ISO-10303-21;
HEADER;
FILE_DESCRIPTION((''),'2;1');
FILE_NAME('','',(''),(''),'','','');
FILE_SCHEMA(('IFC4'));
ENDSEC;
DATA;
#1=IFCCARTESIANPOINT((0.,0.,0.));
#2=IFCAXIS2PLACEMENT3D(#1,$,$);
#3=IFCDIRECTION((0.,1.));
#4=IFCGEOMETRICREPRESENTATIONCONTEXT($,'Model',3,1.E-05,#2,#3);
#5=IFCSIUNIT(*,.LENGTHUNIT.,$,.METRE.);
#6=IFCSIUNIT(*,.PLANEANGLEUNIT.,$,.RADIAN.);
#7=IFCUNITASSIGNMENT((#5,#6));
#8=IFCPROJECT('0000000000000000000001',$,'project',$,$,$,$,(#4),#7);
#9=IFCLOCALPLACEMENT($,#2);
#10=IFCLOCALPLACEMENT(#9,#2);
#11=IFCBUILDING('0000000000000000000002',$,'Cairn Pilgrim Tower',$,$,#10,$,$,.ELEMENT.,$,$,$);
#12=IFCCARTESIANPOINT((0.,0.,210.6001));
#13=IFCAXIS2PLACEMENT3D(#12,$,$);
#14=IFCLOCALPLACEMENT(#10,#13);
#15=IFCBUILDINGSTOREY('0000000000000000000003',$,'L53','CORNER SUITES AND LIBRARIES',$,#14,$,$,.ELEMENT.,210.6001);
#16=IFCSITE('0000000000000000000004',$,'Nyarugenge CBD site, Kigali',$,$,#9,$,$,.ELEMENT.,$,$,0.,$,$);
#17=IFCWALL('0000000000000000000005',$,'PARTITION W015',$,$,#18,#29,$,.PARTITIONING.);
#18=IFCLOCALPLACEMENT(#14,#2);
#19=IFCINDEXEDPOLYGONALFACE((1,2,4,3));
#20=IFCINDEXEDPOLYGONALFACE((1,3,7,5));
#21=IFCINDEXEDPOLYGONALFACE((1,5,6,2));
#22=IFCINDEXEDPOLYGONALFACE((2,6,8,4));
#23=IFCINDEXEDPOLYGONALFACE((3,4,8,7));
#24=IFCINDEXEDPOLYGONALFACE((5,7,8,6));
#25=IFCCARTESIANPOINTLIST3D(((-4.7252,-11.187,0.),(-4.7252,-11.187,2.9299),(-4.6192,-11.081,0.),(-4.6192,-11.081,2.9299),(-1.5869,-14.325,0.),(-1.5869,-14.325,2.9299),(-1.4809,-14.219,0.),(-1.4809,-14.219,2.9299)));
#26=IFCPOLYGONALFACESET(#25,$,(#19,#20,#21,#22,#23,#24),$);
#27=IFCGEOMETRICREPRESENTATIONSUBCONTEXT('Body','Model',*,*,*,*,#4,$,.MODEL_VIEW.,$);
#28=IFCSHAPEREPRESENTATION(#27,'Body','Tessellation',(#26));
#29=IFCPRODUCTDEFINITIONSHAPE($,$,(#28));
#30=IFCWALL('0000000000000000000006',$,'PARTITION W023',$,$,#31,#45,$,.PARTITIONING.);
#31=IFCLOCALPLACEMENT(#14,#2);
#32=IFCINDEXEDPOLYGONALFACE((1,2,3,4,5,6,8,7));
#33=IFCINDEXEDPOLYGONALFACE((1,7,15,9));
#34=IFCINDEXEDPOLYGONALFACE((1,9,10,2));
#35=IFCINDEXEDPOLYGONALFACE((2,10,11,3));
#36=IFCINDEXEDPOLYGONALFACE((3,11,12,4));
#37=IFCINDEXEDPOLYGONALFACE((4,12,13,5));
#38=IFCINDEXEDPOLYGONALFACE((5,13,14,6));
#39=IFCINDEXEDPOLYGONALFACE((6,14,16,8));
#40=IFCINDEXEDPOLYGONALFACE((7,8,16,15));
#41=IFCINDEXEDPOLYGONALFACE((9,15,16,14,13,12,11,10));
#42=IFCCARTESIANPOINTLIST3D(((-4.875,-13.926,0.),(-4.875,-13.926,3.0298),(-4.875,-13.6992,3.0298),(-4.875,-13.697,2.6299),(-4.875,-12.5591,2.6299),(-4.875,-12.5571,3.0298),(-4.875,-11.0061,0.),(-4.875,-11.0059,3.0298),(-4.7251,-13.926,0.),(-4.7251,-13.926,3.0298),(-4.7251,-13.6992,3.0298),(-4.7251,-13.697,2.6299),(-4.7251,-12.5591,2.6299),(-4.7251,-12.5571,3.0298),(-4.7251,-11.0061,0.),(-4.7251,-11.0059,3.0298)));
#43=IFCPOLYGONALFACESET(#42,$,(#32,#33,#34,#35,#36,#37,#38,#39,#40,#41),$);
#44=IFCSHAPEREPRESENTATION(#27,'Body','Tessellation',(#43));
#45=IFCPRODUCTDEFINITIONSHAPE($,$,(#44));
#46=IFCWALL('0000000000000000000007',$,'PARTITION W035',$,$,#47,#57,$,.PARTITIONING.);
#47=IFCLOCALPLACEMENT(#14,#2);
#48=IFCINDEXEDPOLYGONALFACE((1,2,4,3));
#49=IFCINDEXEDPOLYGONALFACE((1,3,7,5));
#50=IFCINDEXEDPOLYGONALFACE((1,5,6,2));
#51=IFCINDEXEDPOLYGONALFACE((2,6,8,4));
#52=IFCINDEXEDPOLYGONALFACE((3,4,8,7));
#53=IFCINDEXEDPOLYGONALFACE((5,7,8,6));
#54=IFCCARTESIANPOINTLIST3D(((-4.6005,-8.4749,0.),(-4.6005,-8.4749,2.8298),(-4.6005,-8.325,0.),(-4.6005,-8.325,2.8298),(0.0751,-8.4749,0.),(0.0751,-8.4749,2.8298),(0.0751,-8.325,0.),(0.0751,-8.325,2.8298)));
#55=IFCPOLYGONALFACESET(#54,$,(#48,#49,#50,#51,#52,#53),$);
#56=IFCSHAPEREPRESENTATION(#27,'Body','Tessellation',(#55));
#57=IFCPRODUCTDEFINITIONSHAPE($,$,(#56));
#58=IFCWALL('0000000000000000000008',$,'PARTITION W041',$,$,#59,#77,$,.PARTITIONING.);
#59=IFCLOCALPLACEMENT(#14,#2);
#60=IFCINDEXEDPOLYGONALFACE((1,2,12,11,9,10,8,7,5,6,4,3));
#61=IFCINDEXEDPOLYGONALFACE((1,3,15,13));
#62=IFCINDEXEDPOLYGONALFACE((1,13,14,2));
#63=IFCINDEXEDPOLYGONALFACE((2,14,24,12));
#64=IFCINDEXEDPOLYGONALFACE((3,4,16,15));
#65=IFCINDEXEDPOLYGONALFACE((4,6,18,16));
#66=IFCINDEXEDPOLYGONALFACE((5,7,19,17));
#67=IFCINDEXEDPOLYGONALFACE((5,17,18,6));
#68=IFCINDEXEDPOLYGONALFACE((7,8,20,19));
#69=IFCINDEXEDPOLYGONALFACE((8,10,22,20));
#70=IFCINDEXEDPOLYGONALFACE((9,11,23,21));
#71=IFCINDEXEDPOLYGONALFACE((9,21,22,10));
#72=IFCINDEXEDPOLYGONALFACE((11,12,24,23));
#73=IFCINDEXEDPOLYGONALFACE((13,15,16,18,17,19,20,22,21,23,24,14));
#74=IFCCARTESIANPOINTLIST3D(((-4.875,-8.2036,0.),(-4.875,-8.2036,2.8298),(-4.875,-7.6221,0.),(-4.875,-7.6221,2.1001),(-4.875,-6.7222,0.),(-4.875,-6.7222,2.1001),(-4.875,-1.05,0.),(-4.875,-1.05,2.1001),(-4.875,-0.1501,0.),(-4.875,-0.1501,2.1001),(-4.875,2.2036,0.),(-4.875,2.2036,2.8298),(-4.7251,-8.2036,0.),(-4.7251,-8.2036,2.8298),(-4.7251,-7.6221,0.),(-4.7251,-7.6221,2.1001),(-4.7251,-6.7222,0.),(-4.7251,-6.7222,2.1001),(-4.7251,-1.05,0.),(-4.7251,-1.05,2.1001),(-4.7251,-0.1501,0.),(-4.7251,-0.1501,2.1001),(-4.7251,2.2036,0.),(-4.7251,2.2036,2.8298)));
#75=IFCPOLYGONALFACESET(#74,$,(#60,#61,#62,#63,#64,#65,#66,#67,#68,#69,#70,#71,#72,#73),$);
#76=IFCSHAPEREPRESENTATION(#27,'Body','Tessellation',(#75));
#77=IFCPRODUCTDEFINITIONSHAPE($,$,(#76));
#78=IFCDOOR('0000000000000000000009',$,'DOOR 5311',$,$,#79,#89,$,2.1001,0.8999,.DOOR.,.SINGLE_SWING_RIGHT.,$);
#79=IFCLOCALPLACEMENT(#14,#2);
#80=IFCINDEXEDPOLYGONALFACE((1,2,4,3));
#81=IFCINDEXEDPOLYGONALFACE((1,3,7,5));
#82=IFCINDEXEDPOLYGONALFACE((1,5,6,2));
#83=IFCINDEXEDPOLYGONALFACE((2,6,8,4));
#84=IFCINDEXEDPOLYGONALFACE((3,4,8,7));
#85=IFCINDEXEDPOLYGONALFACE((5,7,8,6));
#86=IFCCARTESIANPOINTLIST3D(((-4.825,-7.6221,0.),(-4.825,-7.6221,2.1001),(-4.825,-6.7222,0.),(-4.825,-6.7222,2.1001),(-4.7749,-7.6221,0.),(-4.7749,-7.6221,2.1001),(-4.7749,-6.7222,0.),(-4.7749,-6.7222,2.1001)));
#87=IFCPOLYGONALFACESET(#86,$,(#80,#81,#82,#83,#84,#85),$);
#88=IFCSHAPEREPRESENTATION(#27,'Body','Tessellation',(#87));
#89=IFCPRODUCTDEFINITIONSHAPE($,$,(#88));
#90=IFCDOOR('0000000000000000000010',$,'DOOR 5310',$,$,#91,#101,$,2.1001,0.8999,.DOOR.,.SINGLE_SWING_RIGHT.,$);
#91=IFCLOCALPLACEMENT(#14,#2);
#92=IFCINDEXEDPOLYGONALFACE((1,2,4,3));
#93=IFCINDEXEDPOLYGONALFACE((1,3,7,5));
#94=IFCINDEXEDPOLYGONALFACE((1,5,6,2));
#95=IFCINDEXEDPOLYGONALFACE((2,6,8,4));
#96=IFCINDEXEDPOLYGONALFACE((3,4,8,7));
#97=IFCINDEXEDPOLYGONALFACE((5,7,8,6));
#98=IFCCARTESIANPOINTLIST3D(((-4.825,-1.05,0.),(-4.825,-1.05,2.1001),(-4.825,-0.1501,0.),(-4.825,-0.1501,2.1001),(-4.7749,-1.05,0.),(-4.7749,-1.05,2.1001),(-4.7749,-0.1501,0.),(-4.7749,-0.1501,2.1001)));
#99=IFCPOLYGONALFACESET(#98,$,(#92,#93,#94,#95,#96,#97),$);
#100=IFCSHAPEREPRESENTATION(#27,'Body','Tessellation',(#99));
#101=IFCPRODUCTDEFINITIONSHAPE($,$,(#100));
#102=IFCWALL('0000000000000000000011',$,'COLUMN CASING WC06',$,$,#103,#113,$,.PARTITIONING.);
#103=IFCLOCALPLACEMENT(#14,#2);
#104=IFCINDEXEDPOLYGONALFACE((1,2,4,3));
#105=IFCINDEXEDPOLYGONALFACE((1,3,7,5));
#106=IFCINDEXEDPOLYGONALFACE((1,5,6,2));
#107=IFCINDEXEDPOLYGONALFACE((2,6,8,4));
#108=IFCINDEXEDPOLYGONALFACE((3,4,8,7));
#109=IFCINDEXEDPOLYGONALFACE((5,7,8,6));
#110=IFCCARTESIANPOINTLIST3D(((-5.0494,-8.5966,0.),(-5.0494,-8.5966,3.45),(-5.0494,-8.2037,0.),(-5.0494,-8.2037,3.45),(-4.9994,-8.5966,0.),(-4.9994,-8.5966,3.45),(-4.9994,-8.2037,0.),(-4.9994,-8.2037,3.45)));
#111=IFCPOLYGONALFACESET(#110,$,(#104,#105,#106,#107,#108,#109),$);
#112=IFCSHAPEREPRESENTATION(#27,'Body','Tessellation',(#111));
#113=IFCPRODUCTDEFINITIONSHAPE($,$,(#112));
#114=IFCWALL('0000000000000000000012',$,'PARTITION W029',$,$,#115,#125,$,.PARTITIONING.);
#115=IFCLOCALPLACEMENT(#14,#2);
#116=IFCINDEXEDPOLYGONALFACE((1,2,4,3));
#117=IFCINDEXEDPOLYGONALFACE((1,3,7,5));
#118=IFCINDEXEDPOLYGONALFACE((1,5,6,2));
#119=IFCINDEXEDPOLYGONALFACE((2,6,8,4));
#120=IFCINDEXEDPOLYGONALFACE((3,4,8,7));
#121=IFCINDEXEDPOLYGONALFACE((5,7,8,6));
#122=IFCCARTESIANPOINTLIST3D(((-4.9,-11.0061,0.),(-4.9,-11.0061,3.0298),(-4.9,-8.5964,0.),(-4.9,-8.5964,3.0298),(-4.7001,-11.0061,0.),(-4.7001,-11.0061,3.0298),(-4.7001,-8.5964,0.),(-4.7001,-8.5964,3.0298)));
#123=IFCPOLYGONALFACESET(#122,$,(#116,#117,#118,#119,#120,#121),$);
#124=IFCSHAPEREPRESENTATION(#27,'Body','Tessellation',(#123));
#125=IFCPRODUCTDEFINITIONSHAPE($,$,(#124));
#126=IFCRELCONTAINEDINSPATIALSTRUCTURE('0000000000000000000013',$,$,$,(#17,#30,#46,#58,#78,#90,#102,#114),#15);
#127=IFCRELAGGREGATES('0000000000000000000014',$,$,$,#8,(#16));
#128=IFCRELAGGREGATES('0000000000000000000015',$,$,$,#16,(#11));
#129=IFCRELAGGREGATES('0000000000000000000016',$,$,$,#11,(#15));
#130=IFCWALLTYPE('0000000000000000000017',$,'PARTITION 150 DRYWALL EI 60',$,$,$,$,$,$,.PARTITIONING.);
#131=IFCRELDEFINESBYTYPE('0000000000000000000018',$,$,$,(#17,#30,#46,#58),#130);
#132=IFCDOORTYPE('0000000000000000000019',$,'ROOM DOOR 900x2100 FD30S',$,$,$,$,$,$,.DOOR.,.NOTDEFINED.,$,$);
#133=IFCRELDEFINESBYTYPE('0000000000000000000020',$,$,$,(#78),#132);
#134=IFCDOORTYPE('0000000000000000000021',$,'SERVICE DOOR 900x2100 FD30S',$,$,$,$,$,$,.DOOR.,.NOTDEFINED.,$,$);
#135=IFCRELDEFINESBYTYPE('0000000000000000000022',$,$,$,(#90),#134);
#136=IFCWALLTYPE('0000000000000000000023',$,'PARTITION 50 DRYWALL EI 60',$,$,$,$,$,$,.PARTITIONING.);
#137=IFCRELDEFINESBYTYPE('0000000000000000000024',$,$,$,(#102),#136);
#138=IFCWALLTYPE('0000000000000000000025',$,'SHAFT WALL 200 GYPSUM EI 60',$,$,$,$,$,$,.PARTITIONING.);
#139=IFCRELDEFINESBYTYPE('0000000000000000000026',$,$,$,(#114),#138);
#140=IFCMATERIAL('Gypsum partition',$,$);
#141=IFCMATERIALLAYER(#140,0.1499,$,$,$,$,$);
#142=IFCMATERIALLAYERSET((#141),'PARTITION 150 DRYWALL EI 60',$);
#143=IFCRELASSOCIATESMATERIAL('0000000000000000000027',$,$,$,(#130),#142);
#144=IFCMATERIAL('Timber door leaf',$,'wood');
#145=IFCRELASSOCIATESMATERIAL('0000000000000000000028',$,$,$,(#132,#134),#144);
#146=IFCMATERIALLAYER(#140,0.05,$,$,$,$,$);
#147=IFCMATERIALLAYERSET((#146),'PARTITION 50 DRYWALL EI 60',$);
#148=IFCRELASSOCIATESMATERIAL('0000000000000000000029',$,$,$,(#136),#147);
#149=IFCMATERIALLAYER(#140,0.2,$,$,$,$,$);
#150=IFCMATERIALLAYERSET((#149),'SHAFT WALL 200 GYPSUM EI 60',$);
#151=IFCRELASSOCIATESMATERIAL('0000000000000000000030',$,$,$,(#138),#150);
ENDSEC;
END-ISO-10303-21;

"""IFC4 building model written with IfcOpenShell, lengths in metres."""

from ifc_helpers import new_model, si_unit, direction, frame, frame_2d, origin, place, context, subcontext, project, spatial, polyline, rectangle, outline, extrude, material, layer, layer_set, type_object, element, fill, save


model = new_model("IFC4")

# Units and contexts
model_context = context("Model", 3, precision=1e-05, world=origin(), true_north=direction((0.0, 1.0)))
body_context = subcontext(model_context, "Body", "Model", "MODEL_VIEW")
ifc_project = project(units=[si_unit("LENGTHUNIT", "METRE"), si_unit("PLANEANGLEUNIT", "RADIAN")], contexts=[model_context])

# Site, building, storey
site_placement = place(None, origin())
site = spatial("IfcSite", under=ifc_project, at=site_placement, Name="Nyarugenge CBD site, Kigali", CompositionType="ELEMENT", RefElevation=0.0)
building_placement = place(site_placement, origin())
building = spatial("IfcBuilding", under=site, at=building_placement, Name="Cairn Pilgrim Tower", CompositionType="ELEMENT")
storey_placement = place(building_placement, frame((0.0, 0.0, 210.6001)))
storey = spatial("IfcBuildingStorey", under=building, at=storey_placement, Name="L53", Description="CORNER SUITES AND LIBRARIES", CompositionType="ELEMENT", Elevation=210.6001)

# Walls
ifc_material_1 = material(Name="Gypsum partition")
ifc_layer_1 = layer(ifc_material_1, 0.1499)
ifc_layer_set_1 = layer_set([ifc_layer_1], Name="PARTITION 150 DRYWALL EI 60")
wall_type_1 = type_object("IfcWallType", Name="PARTITION 150 DRYWALL EI 60", PredefinedType="PARTITIONING", material=ifc_layer_set_1)
wall_1_placement = place(storey_placement, frame((-1.5339, -14.272, 0.0), z_axis=(0.0, 0.0, 1.0), x_axis=(-0.707134, 0.707079, 0.0)))
element("IfcWall", 1, at=wall_1_placement, inside=storey, type_object=wall_type_1, Name="PARTITION W015", PredefinedType="PARTITIONING", context=body_context, shape_type="SweptSolid", body=[
    extrude(rectangle(XDim=4.438, YDim=0.1499, at=frame_2d((2.219, 0.0))), origin(), (0.0, 0.0, 1.0), 2.9299),
])
wall_2_placement = place(storey_placement, frame((-4.8, -13.926, 0.0), z_axis=(0.0, 0.0, 1.0), x_axis=(0.0, 1.0, 0.0)))
element("IfcWall", 2, at=wall_2_placement, inside=storey, type_object=wall_type_1, Name="PARTITION W023", PredefinedType="PARTITIONING", context=body_context, shape_type="SweptSolid", body=[
    extrude(outline(polyline([(0.0, 0.0), (2.9199, 0.0), (2.9202, 3.0298), (1.3689, 3.0298), (1.3669, 2.6299), (0.229, 2.6299), (0.2268, 3.0298), (0.0, 3.0298), (0.0, 0.0)])), frame((0.0, 0.075, 0.0), z_axis=(0.0, -1.0, 0.0), x_axis=(1.0, 0.0, 0.0)), (0.0, 0.0, 1.0), 0.1499),
])
wall_3_placement = place(storey_placement, frame((-4.6006, -8.3999, 0.0), z_axis=(0.0, 0.0, 1.0), x_axis=(1.0, 0.0, 0.0)))
element("IfcWall", 3, at=wall_3_placement, inside=storey, type_object=wall_type_1, Name="PARTITION W035", PredefinedType="PARTITIONING", context=body_context, shape_type="SweptSolid", body=[
    extrude(rectangle(XDim=4.6755, YDim=0.1499, at=frame_2d((2.3379, 0.0))), origin(), (0.0, 0.0, 1.0), 2.8298),
])

# Wall, openings, doors
wall_4_placement = place(storey_placement, frame((-4.8, -8.2036, 0.0), z_axis=(0.0, 0.0, 1.0), x_axis=(0.0, 1.0, 0.0)))
wall_4 = element("IfcWall", 4, at=wall_4_placement, inside=storey, type_object=wall_type_1, Name="PARTITION W041", PredefinedType="PARTITIONING", context=body_context, shape_type="SweptSolid", body=[
    extrude(rectangle(XDim=10.4072, YDim=0.1499, at=frame_2d((5.2036, 0.0))), origin(), (0.0, 0.0, 1.0), 2.8298),
])
opening_1_placement = place(wall_4_placement, frame((7.1536, 0.0, 0.0)))
opening_1 = element("IfcOpeningElement", 5, at=opening_1_placement, cuts=wall_4, PredefinedType="OPENING", context=body_context, shape_type="SweptSolid", body=[
    extrude(rectangle(XDim=0.8999, YDim=2.1001, at=frame_2d((0.45, 1.05))), frame((0.0, 0.085, 0.0), z_axis=(0.0, -1.0, 0.0), x_axis=(1.0, 0.0, 0.0)), (0.0, 0.0, 1.0), 0.1699),
])
opening_2_placement = place(wall_4_placement, frame((0.5815, 0.0, 0.0)))
opening_2 = element("IfcOpeningElement", 6, at=opening_2_placement, cuts=wall_4, PredefinedType="OPENING", context=body_context, shape_type="SweptSolid", body=[
    extrude(rectangle(XDim=0.8999, YDim=2.1001, at=frame_2d((0.45, 1.05))), frame((0.0, 0.085, 0.0), z_axis=(0.0, -1.0, 0.0), x_axis=(1.0, 0.0, 0.0)), (0.0, 0.0, 1.0), 0.1699),
])
ifc_material_2 = material(Name="Timber door leaf", Category="wood")
door_type_1 = type_object("IfcDoorType", Name="ROOM DOOR 900x2100 FD30S", OperationType="NOTDEFINED", PredefinedType="DOOR", material=ifc_material_2)
door_1_placement = place(opening_2_placement, origin())
door_1 = element("IfcDoor", 7, at=door_1_placement, inside=storey, type_object=door_type_1, Name="DOOR 5311", OperationType="SINGLE_SWING_RIGHT", OverallHeight=2.1001, OverallWidth=0.8999, PredefinedType="DOOR", context=body_context, shape_type="SweptSolid", body=[
    extrude(rectangle(XDim=0.8999, YDim=2.1001, at=frame_2d((0.45, 1.05))), frame((0.0, 0.0249, 0.0), z_axis=(0.0, -1.0, 0.0), x_axis=(1.0, 0.0, 0.0)), (0.0, 0.0, 1.0), 0.05),
])
fill(opening_2, door_1)
door_type_2 = type_object("IfcDoorType", Name="SERVICE DOOR 900x2100 FD30S", OperationType="NOTDEFINED", PredefinedType="DOOR", material=ifc_material_2)
door_2_placement = place(opening_1_placement, origin())
door_2 = element("IfcDoor", 8, at=door_2_placement, inside=storey, type_object=door_type_2, Name="DOOR 5310", OperationType="SINGLE_SWING_RIGHT", OverallHeight=2.1001, OverallWidth=0.8999, PredefinedType="DOOR", context=body_context, shape_type="SweptSolid", body=[
    extrude(rectangle(XDim=0.8999, YDim=2.1001, at=frame_2d((0.45, 1.05))), frame((0.0, 0.0249, 0.0), z_axis=(0.0, -1.0, 0.0), x_axis=(1.0, 0.0, 0.0)), (0.0, 0.0, 1.0), 0.05),
])
fill(opening_1, door_2)

# Walls
ifc_layer_2 = layer(ifc_material_1, 0.05)
ifc_layer_set_2 = layer_set([ifc_layer_2], Name="PARTITION 50 DRYWALL EI 60")
wall_type_2 = type_object("IfcWallType", Name="PARTITION 50 DRYWALL EI 60", PredefinedType="PARTITIONING", material=ifc_layer_set_2)
wall_5_placement = place(storey_placement, frame((-5.0244, -8.5964, 0.0), z_axis=(0.0, 0.0, 1.0), x_axis=(0.0, 1.0, 0.0)))
element("IfcWall", 9, at=wall_5_placement, inside=storey, type_object=wall_type_2, Name="COLUMN CASING WC06", PredefinedType="PARTITIONING", context=body_context, shape_type="SweptSolid", body=[
    extrude(rectangle(XDim=0.3928, YDim=0.05, at=frame_2d((0.1963, 0.0))), origin(), (0.0, 0.0, 1.0), 3.45),
])
ifc_layer_3 = layer(ifc_material_1, 0.2)
ifc_layer_set_3 = layer_set([ifc_layer_3], Name="SHAFT WALL 200 GYPSUM EI 60")
wall_type_3 = type_object("IfcWallType", Name="SHAFT WALL 200 GYPSUM EI 60", PredefinedType="PARTITIONING", material=ifc_layer_set_3)
wall_6_placement = place(storey_placement, frame((-4.8, -11.0061, 0.0), z_axis=(0.0, 0.0, 1.0), x_axis=(0.0, 1.0, 0.0)))
element("IfcWall", 10, at=wall_6_placement, inside=storey, type_object=wall_type_3, Name="PARTITION W029", PredefinedType="PARTITIONING", context=body_context, shape_type="SweptSolid", body=[
    extrude(rectangle(XDim=2.4097, YDim=0.2, at=frame_2d((1.2048, 0.0))), origin(), (0.0, 0.0, 1.0), 3.0298),
])

save(model, "model.ifc")
